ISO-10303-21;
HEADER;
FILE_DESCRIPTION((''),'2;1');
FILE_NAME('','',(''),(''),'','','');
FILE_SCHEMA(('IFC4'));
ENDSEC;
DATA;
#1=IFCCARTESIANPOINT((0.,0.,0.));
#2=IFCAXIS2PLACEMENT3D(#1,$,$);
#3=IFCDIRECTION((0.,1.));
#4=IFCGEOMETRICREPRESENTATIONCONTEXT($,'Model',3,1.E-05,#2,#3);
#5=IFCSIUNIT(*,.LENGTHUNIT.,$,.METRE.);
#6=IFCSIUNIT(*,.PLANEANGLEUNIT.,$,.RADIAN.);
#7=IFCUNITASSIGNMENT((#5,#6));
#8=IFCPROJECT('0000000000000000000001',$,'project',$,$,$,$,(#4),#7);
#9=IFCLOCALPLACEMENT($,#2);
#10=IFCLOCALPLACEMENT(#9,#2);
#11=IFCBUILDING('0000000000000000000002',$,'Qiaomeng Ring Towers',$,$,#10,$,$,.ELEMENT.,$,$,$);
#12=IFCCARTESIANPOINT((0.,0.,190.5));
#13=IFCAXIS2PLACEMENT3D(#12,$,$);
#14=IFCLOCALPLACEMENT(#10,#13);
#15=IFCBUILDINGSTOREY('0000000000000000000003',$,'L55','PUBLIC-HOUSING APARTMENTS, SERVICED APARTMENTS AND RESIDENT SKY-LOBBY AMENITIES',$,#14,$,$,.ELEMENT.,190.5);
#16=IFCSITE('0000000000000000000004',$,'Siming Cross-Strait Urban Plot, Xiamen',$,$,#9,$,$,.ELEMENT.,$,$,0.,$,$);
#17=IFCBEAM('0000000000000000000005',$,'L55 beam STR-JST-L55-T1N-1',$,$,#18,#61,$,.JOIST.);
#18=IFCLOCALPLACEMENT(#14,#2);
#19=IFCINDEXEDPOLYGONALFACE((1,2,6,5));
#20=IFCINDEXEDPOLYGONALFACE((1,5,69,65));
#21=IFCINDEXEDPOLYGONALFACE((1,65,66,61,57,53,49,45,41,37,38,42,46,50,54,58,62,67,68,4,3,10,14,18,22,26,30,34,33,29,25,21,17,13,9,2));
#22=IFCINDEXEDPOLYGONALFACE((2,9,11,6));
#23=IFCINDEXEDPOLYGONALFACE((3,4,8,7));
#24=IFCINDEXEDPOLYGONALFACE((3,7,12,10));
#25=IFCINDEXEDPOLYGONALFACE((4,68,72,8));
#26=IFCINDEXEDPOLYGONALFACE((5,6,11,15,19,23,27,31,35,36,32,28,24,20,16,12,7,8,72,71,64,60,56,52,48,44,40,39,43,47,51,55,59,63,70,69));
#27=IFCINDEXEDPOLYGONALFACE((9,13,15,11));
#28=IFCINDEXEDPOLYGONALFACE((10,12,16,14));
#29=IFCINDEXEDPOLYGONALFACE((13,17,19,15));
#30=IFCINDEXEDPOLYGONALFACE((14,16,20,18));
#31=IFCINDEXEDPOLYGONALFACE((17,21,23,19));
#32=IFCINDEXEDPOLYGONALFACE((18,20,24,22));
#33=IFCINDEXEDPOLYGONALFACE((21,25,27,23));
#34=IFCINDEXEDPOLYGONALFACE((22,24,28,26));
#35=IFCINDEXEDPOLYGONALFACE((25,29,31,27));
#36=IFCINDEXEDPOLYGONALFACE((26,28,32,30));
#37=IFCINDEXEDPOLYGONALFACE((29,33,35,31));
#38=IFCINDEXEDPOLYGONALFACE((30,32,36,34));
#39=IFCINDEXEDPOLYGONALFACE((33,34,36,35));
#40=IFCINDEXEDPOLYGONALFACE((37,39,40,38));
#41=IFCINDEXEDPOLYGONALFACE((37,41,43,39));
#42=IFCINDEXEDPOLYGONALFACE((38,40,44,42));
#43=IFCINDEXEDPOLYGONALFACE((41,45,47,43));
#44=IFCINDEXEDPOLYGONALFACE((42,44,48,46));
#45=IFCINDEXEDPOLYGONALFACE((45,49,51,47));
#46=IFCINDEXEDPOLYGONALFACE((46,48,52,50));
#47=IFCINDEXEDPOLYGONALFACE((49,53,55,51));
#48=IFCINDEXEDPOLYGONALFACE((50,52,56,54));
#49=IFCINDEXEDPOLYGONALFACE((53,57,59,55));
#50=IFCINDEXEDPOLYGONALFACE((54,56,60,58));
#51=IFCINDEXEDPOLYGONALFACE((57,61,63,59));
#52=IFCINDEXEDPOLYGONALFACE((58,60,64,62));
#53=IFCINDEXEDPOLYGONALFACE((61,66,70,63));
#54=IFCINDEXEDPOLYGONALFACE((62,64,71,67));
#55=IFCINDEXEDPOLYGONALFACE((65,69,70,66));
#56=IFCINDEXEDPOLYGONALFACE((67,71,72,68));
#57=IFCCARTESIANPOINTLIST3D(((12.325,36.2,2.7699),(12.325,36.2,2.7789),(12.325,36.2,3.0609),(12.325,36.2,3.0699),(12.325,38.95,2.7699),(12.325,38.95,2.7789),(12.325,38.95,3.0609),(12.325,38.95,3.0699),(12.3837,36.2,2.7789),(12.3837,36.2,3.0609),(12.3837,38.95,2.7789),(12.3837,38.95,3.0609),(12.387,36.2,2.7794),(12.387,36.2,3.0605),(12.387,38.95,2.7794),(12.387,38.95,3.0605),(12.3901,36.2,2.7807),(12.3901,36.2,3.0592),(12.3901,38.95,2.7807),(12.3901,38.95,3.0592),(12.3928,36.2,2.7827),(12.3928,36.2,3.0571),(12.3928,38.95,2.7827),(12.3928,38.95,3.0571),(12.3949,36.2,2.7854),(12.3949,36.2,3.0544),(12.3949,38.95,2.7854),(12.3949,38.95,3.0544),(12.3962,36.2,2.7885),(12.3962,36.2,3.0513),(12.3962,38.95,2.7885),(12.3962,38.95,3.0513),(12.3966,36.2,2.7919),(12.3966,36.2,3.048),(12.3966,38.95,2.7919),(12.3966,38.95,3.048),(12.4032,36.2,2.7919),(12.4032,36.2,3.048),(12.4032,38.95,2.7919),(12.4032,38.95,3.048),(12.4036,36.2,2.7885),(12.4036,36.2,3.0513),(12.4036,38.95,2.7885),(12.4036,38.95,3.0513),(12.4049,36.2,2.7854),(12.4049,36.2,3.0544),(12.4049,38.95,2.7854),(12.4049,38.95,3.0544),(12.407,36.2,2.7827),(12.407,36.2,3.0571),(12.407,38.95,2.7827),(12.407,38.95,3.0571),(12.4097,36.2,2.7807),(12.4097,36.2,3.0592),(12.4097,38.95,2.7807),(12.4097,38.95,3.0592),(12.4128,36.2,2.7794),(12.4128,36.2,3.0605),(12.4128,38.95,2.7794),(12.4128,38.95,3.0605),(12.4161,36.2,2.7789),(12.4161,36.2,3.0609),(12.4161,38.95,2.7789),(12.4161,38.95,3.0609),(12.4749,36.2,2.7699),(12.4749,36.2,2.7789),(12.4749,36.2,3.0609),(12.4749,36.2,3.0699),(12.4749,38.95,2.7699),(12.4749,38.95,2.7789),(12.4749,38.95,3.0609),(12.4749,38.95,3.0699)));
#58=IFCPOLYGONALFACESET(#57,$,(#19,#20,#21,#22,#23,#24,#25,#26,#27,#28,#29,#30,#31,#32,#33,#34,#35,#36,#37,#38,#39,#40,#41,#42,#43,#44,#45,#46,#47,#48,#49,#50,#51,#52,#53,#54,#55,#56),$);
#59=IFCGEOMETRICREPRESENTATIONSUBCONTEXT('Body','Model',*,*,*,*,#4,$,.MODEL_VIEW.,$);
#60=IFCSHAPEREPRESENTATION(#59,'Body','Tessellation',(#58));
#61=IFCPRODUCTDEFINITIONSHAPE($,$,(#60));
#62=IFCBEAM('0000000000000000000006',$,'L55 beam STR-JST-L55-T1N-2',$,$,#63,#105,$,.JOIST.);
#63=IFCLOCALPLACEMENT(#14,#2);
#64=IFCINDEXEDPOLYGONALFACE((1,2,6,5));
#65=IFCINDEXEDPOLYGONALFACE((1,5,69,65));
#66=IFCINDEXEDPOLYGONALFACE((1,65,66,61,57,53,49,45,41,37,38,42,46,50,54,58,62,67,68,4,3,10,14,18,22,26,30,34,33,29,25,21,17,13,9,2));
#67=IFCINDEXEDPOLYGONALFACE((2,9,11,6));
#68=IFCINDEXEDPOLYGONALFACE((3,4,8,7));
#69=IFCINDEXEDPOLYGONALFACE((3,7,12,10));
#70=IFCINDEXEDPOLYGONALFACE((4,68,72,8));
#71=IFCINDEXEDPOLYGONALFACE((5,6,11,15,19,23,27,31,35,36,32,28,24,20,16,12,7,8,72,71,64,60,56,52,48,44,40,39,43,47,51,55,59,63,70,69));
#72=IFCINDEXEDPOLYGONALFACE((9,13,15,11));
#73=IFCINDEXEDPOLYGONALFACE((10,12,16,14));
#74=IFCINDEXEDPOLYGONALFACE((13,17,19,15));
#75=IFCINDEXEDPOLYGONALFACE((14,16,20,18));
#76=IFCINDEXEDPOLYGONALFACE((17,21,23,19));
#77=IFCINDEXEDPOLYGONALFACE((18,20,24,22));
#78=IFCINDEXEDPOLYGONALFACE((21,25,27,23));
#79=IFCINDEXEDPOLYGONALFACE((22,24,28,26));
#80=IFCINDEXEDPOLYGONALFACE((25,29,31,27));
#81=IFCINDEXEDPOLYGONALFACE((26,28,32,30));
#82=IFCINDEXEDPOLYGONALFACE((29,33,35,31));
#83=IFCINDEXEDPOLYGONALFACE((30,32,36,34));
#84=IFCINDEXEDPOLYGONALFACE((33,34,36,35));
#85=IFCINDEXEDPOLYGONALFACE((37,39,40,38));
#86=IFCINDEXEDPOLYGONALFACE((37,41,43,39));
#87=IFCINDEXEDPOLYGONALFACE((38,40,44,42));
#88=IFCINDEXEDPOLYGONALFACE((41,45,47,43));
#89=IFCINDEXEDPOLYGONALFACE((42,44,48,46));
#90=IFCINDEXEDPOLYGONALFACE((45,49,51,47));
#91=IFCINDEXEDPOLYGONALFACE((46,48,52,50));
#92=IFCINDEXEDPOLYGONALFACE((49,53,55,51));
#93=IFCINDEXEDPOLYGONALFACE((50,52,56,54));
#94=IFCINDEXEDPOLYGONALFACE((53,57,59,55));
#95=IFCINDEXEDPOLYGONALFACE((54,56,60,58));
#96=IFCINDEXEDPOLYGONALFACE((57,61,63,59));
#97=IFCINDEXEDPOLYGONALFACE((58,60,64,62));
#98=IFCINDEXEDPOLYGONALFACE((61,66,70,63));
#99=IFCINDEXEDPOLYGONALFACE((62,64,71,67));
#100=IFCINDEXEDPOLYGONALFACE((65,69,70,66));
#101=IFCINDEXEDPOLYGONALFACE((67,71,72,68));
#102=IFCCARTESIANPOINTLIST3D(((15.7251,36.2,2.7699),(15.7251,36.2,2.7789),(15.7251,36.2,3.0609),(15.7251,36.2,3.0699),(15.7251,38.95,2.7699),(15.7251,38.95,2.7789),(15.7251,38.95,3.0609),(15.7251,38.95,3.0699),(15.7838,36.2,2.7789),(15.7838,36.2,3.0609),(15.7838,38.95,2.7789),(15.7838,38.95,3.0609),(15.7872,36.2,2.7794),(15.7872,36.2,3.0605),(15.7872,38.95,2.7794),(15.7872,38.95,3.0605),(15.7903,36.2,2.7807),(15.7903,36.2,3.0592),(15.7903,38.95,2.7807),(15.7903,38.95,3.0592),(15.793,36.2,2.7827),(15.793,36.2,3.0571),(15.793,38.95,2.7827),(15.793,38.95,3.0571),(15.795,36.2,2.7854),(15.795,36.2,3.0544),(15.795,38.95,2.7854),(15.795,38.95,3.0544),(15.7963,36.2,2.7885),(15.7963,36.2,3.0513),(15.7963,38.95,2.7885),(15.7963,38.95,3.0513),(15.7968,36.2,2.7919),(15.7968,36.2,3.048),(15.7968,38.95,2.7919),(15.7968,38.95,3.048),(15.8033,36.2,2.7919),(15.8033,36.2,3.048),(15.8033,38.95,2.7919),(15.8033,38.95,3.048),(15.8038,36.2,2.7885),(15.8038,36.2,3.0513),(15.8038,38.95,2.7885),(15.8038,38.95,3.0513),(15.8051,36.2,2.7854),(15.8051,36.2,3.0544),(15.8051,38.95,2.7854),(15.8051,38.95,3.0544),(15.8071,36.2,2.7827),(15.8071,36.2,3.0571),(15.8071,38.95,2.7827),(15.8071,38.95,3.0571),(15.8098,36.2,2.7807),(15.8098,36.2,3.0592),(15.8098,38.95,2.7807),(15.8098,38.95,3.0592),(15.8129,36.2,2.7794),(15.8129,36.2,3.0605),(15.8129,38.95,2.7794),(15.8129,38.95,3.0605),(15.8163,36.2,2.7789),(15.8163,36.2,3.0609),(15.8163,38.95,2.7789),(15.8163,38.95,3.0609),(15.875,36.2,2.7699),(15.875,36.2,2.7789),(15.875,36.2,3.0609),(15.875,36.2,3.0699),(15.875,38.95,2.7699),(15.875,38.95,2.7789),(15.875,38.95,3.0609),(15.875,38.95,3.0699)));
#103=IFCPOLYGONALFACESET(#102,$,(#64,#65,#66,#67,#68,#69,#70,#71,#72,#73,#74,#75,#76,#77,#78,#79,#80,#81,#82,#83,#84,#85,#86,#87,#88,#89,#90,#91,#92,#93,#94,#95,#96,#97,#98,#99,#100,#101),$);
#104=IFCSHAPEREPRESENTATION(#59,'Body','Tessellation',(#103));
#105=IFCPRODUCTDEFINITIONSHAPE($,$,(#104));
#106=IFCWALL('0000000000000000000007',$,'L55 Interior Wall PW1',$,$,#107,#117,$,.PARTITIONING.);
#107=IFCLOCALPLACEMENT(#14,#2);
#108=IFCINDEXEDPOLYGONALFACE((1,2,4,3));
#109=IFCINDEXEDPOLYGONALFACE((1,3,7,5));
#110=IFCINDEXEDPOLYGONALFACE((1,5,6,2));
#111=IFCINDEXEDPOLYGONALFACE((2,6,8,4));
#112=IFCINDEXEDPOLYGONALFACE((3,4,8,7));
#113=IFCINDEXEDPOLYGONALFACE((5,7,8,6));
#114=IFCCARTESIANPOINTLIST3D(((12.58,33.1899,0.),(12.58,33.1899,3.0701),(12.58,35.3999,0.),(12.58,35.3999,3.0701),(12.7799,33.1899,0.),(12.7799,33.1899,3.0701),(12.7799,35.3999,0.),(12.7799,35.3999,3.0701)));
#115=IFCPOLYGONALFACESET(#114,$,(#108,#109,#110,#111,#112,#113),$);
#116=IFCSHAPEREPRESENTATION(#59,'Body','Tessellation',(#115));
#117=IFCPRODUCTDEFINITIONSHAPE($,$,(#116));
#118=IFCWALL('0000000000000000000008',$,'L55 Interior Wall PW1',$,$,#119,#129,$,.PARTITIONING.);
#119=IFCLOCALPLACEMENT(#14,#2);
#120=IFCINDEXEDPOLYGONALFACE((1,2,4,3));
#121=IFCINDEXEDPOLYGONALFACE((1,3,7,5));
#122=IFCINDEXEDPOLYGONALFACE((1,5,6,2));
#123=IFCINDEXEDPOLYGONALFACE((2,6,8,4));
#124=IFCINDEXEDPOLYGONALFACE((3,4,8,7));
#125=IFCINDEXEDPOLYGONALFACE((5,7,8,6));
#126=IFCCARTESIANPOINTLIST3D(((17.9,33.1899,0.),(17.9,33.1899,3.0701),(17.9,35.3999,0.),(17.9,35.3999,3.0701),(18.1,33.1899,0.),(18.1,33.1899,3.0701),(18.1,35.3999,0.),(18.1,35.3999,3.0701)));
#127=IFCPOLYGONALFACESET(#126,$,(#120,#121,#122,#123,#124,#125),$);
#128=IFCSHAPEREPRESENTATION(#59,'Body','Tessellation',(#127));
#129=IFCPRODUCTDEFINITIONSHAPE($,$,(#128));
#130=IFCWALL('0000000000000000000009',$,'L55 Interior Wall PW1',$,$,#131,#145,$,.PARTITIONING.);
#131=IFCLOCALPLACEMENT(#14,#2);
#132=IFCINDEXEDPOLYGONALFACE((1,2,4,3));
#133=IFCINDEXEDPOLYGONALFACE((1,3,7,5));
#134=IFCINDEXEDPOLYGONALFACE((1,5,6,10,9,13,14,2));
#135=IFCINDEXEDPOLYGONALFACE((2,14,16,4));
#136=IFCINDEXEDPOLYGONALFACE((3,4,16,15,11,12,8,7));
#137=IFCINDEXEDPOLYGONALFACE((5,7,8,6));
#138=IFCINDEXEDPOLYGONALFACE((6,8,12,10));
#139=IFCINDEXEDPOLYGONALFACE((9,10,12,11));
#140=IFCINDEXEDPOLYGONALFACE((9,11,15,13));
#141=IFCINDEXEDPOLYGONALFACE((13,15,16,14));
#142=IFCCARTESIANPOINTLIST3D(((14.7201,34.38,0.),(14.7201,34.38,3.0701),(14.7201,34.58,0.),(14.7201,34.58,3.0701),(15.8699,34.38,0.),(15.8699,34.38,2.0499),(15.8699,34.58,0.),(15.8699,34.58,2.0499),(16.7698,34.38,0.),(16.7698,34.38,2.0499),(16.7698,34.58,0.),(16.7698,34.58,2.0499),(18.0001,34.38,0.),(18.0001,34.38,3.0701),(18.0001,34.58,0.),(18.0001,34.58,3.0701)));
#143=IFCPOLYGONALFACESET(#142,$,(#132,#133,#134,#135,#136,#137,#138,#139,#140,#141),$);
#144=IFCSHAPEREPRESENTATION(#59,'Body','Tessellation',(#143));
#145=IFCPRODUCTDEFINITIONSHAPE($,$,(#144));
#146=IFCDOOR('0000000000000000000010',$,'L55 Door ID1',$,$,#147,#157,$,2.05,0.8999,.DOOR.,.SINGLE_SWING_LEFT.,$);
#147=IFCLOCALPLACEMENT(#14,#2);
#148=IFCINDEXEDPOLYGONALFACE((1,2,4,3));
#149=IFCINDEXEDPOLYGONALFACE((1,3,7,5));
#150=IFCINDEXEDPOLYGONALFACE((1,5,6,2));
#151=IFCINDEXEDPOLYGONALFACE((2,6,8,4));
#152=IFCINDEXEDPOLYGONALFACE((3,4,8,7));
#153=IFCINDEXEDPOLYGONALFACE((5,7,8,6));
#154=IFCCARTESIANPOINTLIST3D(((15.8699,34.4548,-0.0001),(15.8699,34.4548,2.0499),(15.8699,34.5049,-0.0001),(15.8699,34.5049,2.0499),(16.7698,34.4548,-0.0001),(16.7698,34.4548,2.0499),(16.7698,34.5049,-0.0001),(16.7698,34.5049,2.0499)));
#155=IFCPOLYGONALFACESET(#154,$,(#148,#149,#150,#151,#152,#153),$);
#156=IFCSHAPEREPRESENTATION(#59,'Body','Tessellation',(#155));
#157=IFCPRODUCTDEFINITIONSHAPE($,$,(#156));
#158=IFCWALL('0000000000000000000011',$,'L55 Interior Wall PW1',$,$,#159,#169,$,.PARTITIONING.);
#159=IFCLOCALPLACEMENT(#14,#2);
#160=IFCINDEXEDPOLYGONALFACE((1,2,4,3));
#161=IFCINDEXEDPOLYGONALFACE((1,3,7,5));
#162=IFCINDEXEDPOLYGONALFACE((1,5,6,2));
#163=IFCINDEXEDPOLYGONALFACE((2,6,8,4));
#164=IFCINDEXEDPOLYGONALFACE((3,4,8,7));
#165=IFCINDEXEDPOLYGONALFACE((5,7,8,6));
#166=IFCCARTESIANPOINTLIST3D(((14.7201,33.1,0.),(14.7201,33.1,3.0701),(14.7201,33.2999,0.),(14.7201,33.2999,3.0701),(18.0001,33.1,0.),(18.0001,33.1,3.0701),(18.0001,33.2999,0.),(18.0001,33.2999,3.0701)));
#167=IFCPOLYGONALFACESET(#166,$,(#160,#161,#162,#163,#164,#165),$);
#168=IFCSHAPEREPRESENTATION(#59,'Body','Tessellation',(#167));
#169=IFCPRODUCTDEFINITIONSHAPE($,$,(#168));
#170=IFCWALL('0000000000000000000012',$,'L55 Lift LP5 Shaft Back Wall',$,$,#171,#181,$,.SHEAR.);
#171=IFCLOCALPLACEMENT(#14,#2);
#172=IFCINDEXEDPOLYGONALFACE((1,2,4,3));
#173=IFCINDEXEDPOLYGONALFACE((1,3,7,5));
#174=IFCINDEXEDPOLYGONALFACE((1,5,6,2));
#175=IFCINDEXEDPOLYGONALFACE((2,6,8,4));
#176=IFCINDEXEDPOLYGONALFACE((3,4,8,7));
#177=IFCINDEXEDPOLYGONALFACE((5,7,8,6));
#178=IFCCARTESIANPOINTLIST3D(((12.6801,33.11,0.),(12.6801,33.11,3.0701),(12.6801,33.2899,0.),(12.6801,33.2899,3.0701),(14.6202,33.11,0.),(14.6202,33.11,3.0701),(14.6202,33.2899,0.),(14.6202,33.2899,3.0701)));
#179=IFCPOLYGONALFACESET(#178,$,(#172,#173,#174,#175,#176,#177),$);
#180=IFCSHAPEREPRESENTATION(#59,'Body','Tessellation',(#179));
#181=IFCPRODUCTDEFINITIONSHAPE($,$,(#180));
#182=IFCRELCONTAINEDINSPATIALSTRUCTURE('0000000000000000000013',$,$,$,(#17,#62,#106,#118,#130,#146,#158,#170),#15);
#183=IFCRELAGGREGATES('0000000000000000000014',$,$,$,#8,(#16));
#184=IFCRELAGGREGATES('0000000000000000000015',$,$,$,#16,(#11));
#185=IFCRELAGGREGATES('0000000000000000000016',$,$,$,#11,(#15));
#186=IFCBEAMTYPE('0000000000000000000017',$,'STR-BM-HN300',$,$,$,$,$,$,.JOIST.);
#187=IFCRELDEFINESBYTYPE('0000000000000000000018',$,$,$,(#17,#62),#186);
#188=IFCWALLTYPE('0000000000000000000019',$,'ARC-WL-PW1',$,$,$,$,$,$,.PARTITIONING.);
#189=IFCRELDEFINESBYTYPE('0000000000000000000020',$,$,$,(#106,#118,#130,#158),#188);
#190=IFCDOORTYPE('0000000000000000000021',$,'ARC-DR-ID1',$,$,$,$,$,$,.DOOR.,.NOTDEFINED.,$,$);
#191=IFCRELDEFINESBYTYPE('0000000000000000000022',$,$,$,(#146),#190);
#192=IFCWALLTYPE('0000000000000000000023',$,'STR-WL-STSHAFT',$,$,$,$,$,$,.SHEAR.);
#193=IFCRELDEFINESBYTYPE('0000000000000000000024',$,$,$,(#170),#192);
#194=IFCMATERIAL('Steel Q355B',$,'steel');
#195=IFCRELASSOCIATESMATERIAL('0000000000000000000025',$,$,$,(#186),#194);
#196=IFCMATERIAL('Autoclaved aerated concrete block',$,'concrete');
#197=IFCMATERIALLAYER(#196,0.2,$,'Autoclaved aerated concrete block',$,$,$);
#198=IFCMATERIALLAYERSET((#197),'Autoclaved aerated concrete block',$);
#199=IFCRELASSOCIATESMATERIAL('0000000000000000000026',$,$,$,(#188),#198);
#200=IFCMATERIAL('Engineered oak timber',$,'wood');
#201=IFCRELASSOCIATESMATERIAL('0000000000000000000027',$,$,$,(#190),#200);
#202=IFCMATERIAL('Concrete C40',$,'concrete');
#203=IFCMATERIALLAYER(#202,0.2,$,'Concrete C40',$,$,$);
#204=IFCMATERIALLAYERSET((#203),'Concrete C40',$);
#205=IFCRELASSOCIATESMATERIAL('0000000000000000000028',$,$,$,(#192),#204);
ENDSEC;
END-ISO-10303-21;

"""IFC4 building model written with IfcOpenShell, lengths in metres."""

from ifc_helpers import new_model, si_unit, direction, frame, frame_2d, origin, origin_2d, place, context, subcontext, project, spatial, rectangle, i_section, extrude, source, transform, mapped, material, layer, layer_set, material_profile, profile_set, type_object, element, fill, save


model = new_model("IFC4")

# Units and contexts
model_context = context("Model", 3, precision=1e-05, world=origin(), true_north=direction((0.0, 1.0)))
body_context = subcontext(model_context, "Body", "Model", "MODEL_VIEW")
ifc_project = project(units=[si_unit("LENGTHUNIT", "METRE"), si_unit("PLANEANGLEUNIT", "RADIAN")], contexts=[model_context])

# Site, building, storey
site_placement = place(None, origin())
site = spatial("IfcSite", under=ifc_project, at=site_placement, Name="Siming Cross-Strait Urban Plot, Xiamen", CompositionType="ELEMENT", RefElevation=0.0)
building_placement = place(site_placement, origin())
building = spatial("IfcBuilding", under=site, at=building_placement, Name="Qiaomeng Ring Towers", CompositionType="ELEMENT")
storey_placement = place(building_placement, frame((0.0, 0.0, 190.5)))
storey = spatial("IfcBuildingStorey", under=building, at=storey_placement, Name="L55", Description="PUBLIC-HOUSING APARTMENTS, SERVICED APARTMENTS AND RESIDENT SKY-LOBBY AMENITIES", CompositionType="ELEMENT", Elevation=190.5)

# Beams
ifc_material_1 = material(Name="Steel Q355B", Category="steel")
ifc_material_profile_1 = material_profile(ifc_material_1, i_section(OverallWidth=0.1499, OverallDepth=0.3, WebThickness=0.0066, FlangeThickness=0.009, FilletRadius=0.0129, at=origin_2d()), Name="HN 300x150x6.5x9")
ifc_profile_set_1 = profile_set([ifc_material_profile_1], Name="Steel Q355B")
beam_type = type_object("IfcBeamType", Name="STR-BM-HN300", PredefinedType="JOIST", material=ifc_profile_set_1)
shared_shape_1 = source(origin(), body_context, "Body", "SweptSolid", [
    extrude(i_section(OverallWidth=0.1499, OverallDepth=0.3, WebThickness=0.0066, FlangeThickness=0.009, FilletRadius=0.0129, at=origin_2d()), origin(), (0.0, 0.0, 1.0), 2.75),
])
for number, where, z_axis, x_axis, name in (
    (1, (12.3999, 36.2, 2.9199), (0.0, 1.0, 0.0), (-1.0, 0.0, 0.0), "L55 beam STR-JST-L55-T1N-1"),
    (2, (15.8, 36.2, 2.9199), (0.0, 1.0, 0.0), (-1.0, 0.0, 0.0), "L55 beam STR-JST-L55-T1N-2"),
):
    element("IfcBeam", number, at=place(storey_placement, frame(where, z_axis=z_axis, x_axis=x_axis)), inside=storey, type_object=beam_type, Name=name, PredefinedType="JOIST", context=body_context, shape_type="MappedRepresentation", body=[
        mapped(shared_shape_1, transform((0.0, 0.0, 0.0), x_axis=(1.0, 0.0, 0.0), y_axis=(0.0, 1.0, 0.0), z_axis=(0.0, 0.0, 1.0), scale=1.0)),
    ])

# Walls
ifc_material_2 = material(Name="Autoclaved aerated concrete block", Category="concrete")
ifc_layer_1 = layer(ifc_material_2, 0.2, Name="Autoclaved aerated concrete block")
ifc_layer_set_1 = layer_set([ifc_layer_1], Name="Autoclaved aerated concrete block")
wall_type_1 = type_object("IfcWallType", Name="ARC-WL-PW1", PredefinedType="PARTITIONING", material=ifc_layer_set_1)
for number, where, z_axis, x_axis, name in (
    (3, (12.6799, 33.1899, 0.0), (0.0, 0.0, 1.0), (0.0, 1.0, 0.0), "L55 Interior Wall PW1"),
    (4, (18.0, 33.1899, 0.0), (0.0, 0.0, 1.0), (0.0, 1.0, 0.0), "L55 Interior Wall PW1"),
):
    element("IfcWall", number, at=place(storey_placement, frame(where, z_axis=z_axis, x_axis=x_axis)), inside=storey, type_object=wall_type_1, Name=name, PredefinedType="PARTITIONING", context=body_context, shape_type="SweptSolid", body=[
        extrude(rectangle(XDim=2.21, YDim=0.2, at=frame_2d((1.105, 0.0))), origin(), (0.0, 0.0, 1.0), 3.0701),
    ])

# Wall, opening, door
wall_1_placement = place(storey_placement, frame((14.72, 34.48, 0.0), z_axis=(0.0, 0.0, 1.0), x_axis=(1.0, 0.0, 0.0)))
wall_1 = element("IfcWall", 5, at=wall_1_placement, inside=storey, type_object=wall_type_1, Name="L55 Interior Wall PW1", PredefinedType="PARTITIONING", context=body_context, shape_type="SweptSolid", body=[
    extrude(rectangle(XDim=3.28, YDim=0.2, at=frame_2d((1.6401, 0.0))), origin(), (0.0, 0.0, 1.0), 3.0701),
])
opening_1_placement = place(wall_1_placement, frame((1.1499, 0.0, 0.0)))
opening_1 = element("IfcOpeningElement", 6, at=opening_1_placement, cuts=wall_1, PredefinedType="OPENING", context=body_context, shape_type="SweptSolid", body=[
    extrude(rectangle(XDim=0.8999, YDim=2.05, at=frame_2d((0.45, 1.0249))), frame((0.0, 0.1099, 0.0), z_axis=(0.0, -1.0, 0.0), x_axis=(1.0, 0.0, 0.0)), (0.0, 0.0, 1.0), 0.22),
])
ifc_material_3 = material(Name="Engineered oak timber", Category="wood")
door_type_1 = type_object("IfcDoorType", Name="ARC-DR-ID1", OperationType="NOTDEFINED", PredefinedType="DOOR", material=ifc_material_3)
shared_shape_2 = source(origin(), body_context, "Body", "SweptSolid", [
    extrude(rectangle(XDim=0.8999, YDim=2.05, at=frame_2d((0.45, 1.0249))), frame((0.0, 0.0249, 0.0), z_axis=(0.0, -1.0, 0.0), x_axis=(1.0, 0.0, 0.0)), (0.0, 0.0, 1.0), 0.05),
])
door_1_placement = place(opening_1_placement, origin())
door_1 = element("IfcDoor", 7, at=door_1_placement, inside=storey, type_object=door_type_1, Name="L55 Door ID1", OperationType="SINGLE_SWING_LEFT", OverallHeight=2.05, OverallWidth=0.8999, PredefinedType="DOOR", context=body_context, shape_type="MappedRepresentation", body=[
    mapped(shared_shape_2, transform((0.0, 0.0, 0.0), x_axis=(1.0, 0.0, 0.0), y_axis=(0.0, 1.0, 0.0), z_axis=(0.0, 0.0, 1.0), scale=1.0)),
])
fill(opening_1, door_1)

# Walls
wall_2_placement = place(storey_placement, frame((14.72, 33.2, 0.0), z_axis=(0.0, 0.0, 1.0), x_axis=(1.0, 0.0, 0.0)))
element("IfcWall", 8, at=wall_2_placement, inside=storey, type_object=wall_type_1, Name="L55 Interior Wall PW1", PredefinedType="PARTITIONING", context=body_context, shape_type="SweptSolid", body=[
    extrude(rectangle(XDim=3.28, YDim=0.2, at=frame_2d((1.6401, 0.0))), origin(), (0.0, 0.0, 1.0), 3.0701),
])
ifc_material_4 = material(Name="Concrete C40", Category="concrete")
ifc_layer_2 = layer(ifc_material_4, 0.2, Name="Concrete C40")
ifc_layer_set_2 = layer_set([ifc_layer_2], Name="Concrete C40")
wall_type_2 = type_object("IfcWallType", Name="STR-WL-STSHAFT", PredefinedType="SHEAR", material=ifc_layer_set_2)
wall_3_placement = place(storey_placement, frame((12.6799, 33.2, 0.0), z_axis=(0.0, 0.0, 1.0), x_axis=(1.0, 0.0, 0.0)))
element("IfcWall", 9, at=wall_3_placement, inside=storey, type_object=wall_type_2, Name="L55 Lift LP5 Shaft Back Wall", PredefinedType="SHEAR", context=body_context, shape_type="SweptSolid", body=[
    extrude(rectangle(XDim=1.9402, YDim=0.1799, at=frame_2d((0.9702, 0.0))), origin(), (0.0, 0.0, 1.0), 3.0701),
])

save(model, "model.ifc")
